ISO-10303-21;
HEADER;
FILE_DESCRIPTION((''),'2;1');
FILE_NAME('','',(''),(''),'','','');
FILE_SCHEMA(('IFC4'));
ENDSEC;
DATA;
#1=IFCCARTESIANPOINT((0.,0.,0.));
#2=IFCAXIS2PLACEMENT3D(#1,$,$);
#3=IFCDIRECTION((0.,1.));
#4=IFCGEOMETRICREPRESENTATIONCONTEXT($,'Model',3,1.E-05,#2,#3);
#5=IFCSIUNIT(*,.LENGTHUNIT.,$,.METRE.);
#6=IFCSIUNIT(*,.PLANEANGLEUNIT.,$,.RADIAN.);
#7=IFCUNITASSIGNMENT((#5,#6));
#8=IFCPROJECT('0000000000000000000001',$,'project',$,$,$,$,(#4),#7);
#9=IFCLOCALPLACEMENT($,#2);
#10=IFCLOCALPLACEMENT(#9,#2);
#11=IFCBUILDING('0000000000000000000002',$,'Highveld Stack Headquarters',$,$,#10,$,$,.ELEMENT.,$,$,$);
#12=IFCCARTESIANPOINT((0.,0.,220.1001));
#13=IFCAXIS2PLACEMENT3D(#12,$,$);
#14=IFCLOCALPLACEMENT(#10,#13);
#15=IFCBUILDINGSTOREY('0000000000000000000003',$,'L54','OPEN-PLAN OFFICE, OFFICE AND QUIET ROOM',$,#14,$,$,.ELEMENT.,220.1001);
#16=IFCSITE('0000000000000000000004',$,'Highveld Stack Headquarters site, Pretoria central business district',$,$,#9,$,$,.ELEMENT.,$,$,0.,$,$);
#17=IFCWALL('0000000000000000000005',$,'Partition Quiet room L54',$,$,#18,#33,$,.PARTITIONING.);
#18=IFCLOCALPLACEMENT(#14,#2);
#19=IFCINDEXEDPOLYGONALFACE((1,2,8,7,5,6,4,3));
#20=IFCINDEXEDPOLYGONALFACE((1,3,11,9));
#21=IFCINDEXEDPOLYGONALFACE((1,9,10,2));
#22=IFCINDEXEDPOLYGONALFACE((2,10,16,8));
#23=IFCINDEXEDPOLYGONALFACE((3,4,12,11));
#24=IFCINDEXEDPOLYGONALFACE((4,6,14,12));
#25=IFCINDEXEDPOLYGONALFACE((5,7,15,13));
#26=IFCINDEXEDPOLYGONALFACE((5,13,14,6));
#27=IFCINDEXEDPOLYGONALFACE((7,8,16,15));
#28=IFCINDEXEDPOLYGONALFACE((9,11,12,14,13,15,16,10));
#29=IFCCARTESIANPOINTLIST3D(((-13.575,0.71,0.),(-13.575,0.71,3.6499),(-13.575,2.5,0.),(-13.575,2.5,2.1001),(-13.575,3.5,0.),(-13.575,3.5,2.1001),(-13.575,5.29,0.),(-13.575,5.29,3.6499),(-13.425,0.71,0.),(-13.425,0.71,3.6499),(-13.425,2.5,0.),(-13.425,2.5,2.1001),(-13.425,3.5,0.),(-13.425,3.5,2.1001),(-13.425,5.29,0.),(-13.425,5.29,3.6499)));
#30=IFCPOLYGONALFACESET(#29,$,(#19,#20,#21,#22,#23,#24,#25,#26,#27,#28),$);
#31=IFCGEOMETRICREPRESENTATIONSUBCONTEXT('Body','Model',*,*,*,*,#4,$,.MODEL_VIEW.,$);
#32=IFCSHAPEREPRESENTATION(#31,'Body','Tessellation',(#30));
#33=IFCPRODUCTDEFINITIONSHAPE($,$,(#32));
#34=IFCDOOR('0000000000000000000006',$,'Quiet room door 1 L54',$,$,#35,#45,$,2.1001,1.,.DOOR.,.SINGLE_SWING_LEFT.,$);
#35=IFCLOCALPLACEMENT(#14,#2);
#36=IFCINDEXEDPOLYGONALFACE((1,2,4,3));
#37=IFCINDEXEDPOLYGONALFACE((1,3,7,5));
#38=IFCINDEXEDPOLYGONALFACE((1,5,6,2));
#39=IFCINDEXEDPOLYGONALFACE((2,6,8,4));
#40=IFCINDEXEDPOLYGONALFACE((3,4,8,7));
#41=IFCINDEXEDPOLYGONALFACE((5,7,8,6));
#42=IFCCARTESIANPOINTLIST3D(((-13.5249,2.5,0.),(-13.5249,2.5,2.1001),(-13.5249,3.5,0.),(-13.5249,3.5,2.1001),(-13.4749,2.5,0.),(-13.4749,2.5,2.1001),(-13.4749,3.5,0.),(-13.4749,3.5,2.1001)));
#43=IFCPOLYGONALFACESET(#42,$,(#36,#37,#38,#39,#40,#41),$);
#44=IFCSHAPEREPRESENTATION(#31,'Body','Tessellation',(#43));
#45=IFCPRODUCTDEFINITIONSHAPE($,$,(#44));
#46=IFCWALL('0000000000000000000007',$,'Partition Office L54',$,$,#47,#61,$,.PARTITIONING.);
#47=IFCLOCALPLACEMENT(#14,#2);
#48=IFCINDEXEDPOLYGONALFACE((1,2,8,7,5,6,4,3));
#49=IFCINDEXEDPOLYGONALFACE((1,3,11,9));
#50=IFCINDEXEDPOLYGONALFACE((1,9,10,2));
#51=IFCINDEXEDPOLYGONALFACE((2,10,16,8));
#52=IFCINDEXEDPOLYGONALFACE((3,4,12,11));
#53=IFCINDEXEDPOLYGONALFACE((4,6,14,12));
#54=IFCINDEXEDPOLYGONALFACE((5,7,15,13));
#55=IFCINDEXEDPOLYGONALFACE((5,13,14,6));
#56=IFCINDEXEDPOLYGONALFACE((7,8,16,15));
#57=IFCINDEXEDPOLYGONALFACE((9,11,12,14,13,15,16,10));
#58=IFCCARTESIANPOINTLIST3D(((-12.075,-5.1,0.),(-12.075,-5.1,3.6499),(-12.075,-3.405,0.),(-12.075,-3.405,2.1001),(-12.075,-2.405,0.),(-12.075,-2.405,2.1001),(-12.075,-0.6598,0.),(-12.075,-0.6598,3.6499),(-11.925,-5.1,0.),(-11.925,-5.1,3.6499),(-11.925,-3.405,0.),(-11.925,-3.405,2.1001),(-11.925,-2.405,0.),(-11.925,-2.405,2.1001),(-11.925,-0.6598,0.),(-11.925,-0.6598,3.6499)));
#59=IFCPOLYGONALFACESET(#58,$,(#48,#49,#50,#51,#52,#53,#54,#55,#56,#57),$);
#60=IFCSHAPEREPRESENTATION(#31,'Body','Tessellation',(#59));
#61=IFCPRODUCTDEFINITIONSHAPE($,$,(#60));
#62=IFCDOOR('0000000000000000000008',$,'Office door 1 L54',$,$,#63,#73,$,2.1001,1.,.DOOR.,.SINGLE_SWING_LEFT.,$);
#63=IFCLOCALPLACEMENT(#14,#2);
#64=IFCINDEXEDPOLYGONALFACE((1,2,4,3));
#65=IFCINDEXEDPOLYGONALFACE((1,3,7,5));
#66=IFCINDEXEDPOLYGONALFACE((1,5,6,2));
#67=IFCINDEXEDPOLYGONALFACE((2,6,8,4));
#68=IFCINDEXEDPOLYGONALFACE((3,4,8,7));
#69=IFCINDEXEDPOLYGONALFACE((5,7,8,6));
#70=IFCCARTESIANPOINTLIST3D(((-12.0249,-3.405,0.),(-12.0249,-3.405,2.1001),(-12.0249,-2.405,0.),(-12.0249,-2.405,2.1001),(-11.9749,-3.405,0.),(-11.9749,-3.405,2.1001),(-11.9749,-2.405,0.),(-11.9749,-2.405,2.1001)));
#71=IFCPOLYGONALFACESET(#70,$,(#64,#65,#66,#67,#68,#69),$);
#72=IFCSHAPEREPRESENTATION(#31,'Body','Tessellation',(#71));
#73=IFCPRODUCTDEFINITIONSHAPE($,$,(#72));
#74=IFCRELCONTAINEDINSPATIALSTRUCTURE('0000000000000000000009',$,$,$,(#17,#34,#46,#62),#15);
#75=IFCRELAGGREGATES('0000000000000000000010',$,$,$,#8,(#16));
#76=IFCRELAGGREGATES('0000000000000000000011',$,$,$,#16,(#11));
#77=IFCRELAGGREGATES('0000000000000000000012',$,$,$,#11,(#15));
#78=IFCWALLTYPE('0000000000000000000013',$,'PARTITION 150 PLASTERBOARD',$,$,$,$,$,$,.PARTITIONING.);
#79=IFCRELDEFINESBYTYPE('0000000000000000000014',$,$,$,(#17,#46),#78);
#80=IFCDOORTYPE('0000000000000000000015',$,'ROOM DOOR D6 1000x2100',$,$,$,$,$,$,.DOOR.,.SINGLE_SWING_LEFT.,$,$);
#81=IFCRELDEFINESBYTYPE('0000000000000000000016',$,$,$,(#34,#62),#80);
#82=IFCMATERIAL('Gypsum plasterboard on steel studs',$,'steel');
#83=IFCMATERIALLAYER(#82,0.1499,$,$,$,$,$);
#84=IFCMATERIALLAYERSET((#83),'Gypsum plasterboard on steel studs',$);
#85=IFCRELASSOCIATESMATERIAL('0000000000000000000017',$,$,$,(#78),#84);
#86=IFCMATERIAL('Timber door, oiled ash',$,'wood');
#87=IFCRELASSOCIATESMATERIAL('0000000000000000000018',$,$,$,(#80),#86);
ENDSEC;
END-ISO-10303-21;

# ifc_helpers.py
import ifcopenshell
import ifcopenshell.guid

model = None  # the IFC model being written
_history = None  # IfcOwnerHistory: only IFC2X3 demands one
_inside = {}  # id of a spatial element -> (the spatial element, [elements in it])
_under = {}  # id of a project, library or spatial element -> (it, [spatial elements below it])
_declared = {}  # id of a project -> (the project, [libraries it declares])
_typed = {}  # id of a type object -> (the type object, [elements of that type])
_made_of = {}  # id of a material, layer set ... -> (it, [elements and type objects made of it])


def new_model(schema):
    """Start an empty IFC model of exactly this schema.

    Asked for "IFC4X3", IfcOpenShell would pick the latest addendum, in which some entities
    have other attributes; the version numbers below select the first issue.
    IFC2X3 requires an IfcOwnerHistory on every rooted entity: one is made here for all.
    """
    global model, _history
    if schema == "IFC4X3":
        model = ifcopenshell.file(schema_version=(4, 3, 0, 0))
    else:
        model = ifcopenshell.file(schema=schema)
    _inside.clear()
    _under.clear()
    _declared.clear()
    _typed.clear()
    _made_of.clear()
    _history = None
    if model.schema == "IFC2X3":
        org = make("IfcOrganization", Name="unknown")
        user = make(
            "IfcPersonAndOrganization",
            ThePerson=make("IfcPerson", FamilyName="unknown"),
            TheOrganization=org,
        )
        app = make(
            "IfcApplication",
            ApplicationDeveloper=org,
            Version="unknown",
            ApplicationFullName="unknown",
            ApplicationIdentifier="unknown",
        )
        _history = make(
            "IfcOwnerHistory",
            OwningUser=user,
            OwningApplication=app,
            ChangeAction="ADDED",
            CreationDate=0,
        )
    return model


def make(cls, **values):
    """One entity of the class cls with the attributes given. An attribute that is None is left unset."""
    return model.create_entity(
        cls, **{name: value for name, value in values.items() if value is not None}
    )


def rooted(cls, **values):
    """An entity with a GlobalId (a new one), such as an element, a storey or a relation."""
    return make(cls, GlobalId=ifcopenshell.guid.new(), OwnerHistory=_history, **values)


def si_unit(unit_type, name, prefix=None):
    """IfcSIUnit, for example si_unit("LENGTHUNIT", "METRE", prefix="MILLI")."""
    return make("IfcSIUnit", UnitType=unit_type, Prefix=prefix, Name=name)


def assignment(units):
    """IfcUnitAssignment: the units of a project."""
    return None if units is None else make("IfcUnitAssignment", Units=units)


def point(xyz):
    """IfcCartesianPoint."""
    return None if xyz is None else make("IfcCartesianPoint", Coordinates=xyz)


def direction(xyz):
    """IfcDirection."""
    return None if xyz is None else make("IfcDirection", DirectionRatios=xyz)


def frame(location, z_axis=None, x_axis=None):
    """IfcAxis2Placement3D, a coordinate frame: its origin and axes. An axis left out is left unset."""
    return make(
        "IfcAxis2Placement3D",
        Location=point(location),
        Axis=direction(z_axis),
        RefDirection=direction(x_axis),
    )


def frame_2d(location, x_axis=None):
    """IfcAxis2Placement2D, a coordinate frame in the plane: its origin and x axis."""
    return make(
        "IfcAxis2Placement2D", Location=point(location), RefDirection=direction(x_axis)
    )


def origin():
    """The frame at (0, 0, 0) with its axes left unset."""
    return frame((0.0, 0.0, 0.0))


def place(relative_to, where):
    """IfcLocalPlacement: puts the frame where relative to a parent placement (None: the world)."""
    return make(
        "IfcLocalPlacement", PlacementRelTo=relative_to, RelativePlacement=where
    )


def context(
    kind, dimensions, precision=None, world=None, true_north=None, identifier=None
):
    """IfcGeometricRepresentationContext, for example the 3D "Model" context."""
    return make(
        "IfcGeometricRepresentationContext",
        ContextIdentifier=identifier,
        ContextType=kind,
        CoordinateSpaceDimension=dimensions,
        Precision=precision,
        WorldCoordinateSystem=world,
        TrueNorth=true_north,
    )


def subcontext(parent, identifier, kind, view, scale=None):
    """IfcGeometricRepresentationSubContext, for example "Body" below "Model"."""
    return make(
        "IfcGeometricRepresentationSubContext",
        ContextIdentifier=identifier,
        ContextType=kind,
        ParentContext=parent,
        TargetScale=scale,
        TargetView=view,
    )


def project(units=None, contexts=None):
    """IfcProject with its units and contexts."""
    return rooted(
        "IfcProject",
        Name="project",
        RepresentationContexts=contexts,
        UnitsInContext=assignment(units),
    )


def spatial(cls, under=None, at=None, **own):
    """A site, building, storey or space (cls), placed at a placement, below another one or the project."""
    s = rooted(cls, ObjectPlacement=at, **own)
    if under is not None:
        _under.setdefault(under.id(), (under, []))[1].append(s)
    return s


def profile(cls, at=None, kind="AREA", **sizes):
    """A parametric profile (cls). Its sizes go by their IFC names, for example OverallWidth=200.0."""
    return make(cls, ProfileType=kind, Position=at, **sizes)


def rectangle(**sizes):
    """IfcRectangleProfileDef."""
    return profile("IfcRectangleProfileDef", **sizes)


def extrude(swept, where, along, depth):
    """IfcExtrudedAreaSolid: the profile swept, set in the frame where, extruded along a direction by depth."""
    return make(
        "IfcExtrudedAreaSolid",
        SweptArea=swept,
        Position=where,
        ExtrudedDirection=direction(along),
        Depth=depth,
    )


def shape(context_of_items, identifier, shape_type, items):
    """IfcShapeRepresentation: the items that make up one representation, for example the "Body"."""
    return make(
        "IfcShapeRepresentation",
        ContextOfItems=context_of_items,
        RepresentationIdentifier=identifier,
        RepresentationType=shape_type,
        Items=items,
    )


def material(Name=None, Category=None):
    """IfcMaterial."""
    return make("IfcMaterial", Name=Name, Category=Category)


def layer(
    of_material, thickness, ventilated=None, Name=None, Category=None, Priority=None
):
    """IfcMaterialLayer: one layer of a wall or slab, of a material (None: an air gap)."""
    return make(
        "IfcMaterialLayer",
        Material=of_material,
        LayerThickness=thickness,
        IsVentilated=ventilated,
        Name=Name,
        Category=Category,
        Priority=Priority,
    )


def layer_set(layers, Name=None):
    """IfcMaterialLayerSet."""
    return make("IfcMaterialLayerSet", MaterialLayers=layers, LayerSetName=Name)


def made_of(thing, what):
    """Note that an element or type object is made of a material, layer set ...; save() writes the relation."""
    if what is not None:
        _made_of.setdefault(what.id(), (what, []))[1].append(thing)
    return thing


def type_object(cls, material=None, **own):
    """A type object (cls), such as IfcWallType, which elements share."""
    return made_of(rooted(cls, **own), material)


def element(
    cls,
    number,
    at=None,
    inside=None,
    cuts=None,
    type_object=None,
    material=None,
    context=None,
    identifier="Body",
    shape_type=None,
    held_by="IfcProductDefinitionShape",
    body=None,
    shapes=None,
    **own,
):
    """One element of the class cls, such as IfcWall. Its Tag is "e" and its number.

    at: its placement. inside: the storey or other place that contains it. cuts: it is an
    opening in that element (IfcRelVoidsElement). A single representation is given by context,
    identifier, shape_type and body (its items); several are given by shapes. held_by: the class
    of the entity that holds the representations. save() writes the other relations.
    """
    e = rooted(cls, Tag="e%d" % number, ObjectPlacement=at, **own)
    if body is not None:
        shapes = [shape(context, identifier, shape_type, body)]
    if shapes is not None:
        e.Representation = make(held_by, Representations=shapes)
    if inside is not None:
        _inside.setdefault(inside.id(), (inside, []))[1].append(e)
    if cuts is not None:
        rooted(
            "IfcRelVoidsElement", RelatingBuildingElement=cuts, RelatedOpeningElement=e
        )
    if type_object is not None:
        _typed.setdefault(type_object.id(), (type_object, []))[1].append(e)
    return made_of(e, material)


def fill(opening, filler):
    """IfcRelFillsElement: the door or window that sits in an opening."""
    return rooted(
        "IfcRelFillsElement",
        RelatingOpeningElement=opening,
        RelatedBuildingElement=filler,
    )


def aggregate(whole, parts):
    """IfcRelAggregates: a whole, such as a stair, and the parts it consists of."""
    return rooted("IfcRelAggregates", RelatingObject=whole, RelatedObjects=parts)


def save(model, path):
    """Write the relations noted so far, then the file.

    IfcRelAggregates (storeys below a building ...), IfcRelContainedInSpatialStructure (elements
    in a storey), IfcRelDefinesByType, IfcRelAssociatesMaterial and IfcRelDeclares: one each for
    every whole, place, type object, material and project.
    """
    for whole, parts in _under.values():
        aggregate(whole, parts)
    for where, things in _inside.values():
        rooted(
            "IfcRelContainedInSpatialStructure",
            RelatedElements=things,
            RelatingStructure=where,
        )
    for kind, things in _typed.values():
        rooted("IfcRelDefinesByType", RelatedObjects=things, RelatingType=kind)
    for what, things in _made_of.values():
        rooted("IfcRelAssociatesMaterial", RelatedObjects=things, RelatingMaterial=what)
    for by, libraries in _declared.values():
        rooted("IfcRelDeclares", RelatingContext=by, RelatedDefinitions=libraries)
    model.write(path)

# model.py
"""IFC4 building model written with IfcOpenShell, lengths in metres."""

from ifc_helpers import new_model, si_unit, direction, frame, frame_2d, origin, place, context, subcontext, project, spatial, rectangle, extrude, material, layer, layer_set, type_object, element, fill, save


model = new_model("IFC4")

# Units and contexts
model_context = context("Model", 3, precision=1e-05, world=origin(), true_north=direction((0.0, 1.0)))
body_context = subcontext(model_context, "Body", "Model", "MODEL_VIEW")
ifc_project = project(units=[si_unit("LENGTHUNIT", "METRE"), si_unit("PLANEANGLEUNIT", "RADIAN")], contexts=[model_context])

# Site, building, storey
site_placement = place(None, origin())
site = spatial("IfcSite", under=ifc_project, at=site_placement, Name="Highveld Stack Headquarters site, Pretoria central business district", CompositionType="ELEMENT", RefElevation=0.0)
building_placement = place(site_placement, origin())
building = spatial("IfcBuilding", under=site, at=building_placement, Name="Highveld Stack Headquarters", CompositionType="ELEMENT")
storey_placement = place(building_placement, frame((0.0, 0.0, 220.1001)))
storey = spatial("IfcBuildingStorey", under=building, at=storey_placement, Name="L54", Description="OPEN-PLAN OFFICE, OFFICE AND QUIET ROOM", CompositionType="ELEMENT", Elevation=220.1001)

# Shared definitions
ifc_material_1 = material(Name="Gypsum plasterboard on steel studs", Category="steel")
ifc_layer = layer(ifc_material_1, 0.1499)
ifc_layer_set = layer_set([ifc_layer], Name="Gypsum plasterboard on steel studs")
wall_type = type_object("IfcWallType", Name="PARTITION 150 PLASTERBOARD", PredefinedType="PARTITIONING", material=ifc_layer_set)

# Shared definitions
ifc_material_2 = material(Name="Timber door, oiled ash", Category="wood")
door_type = type_object("IfcDoorType", Name="ROOM DOOR D6 1000x2100", OperationType="SINGLE_SWING_LEFT", PredefinedType="DOOR", material=ifc_material_2)

# Walls, openings, doors
wall_1_placement = place(storey_placement, frame((-13.5, 0.71, 0.0), z_axis=(0.0, 0.0, 1.0), x_axis=(0.0, 1.0, 0.0)))
wall_1 = element("IfcWall", 1, at=wall_1_placement, inside=storey, type_object=wall_type, Name="Partition Quiet room L54", PredefinedType="PARTITIONING", context=body_context, shape_type="SweptSolid", body=[
    extrude(rectangle(XDim=4.5801, YDim=0.1499, at=frame_2d((2.29, 0.0))), origin(), (0.0, 0.0, 1.0), 3.6499),
])
opening_1_placement = place(wall_1_placement, frame((1.79, 0.0, 0.0)))
opening_1 = element("IfcOpeningElement", 2, at=opening_1_placement, cuts=wall_1, PredefinedType="OPENING", context=body_context, shape_type="SweptSolid", body=[
    extrude(rectangle(XDim=1.0, YDim=2.1001, at=frame_2d((0.5, 1.05))), frame((0.0, 0.085, 0.0), z_axis=(0.0, -1.0, 0.0), x_axis=(1.0, 0.0, 0.0)), (0.0, 0.0, 1.0), 0.1699),
])
door_1_placement = place(opening_1_placement, origin())
door_1 = element("IfcDoor", 3, at=door_1_placement, inside=storey, type_object=door_type, Name="Quiet room door 1 L54", OperationType="SINGLE_SWING_LEFT", OverallHeight=2.1001, OverallWidth=1.0, PredefinedType="DOOR", context=body_context, shape_type="SweptSolid", body=[
    extrude(rectangle(XDim=1.0, YDim=2.1001, at=frame_2d((0.5, 1.05))), frame((0.0, 0.0249, 0.0), z_axis=(0.0, -1.0, 0.0), x_axis=(1.0, 0.0, 0.0)), (0.0, 0.0, 1.0), 0.05),
])
fill(opening_1, door_1)
wall_2_placement = place(storey_placement, frame((-12.0, -5.1001, 0.0), z_axis=(0.0, 0.0, 1.0), x_axis=(0.0, 1.0, 0.0)))
wall_2 = element("IfcWall", 4, at=wall_2_placement, inside=storey, type_object=wall_type, Name="Partition Office L54", PredefinedType="PARTITIONING", context=body_context, shape_type="SweptSolid", body=[
    extrude(rectangle(XDim=4.4402, YDim=0.1499, at=frame_2d((2.2202, 0.0))), origin(), (0.0, 0.0, 1.0), 3.6499),
])
opening_2_placement = place(wall_2_placement, frame((1.6951, 0.0, 0.0)))
opening_2 = element("IfcOpeningElement", 5, at=opening_2_placement, cuts=wall_2, PredefinedType="OPENING", context=body_context, shape_type="SweptSolid", body=[
    extrude(rectangle(XDim=1.0, YDim=2.1001, at=frame_2d((0.5, 1.05))), frame((0.0, 0.085, 0.0), z_axis=(0.0, -1.0, 0.0), x_axis=(1.0, 0.0, 0.0)), (0.0, 0.0, 1.0), 0.1699),
])
door_2_placement = place(opening_2_placement, origin())
door_2 = element("IfcDoor", 6, at=door_2_placement, inside=storey, type_object=door_type, Name="Office door 1 L54", OperationType="SINGLE_SWING_LEFT", OverallHeight=2.1001, OverallWidth=1.0, PredefinedType="DOOR", context=body_context, shape_type="SweptSolid", body=[
    extrude(rectangle(XDim=1.0, YDim=2.1001, at=frame_2d((0.5, 1.05))), frame((0.0, 0.0249, 0.0), z_axis=(0.0, -1.0, 0.0), x_axis=(1.0, 0.0, 0.0)), (0.0, 0.0, 1.0), 0.05),
])
fill(opening_2, door_2)

save(model, "model.ifc")
